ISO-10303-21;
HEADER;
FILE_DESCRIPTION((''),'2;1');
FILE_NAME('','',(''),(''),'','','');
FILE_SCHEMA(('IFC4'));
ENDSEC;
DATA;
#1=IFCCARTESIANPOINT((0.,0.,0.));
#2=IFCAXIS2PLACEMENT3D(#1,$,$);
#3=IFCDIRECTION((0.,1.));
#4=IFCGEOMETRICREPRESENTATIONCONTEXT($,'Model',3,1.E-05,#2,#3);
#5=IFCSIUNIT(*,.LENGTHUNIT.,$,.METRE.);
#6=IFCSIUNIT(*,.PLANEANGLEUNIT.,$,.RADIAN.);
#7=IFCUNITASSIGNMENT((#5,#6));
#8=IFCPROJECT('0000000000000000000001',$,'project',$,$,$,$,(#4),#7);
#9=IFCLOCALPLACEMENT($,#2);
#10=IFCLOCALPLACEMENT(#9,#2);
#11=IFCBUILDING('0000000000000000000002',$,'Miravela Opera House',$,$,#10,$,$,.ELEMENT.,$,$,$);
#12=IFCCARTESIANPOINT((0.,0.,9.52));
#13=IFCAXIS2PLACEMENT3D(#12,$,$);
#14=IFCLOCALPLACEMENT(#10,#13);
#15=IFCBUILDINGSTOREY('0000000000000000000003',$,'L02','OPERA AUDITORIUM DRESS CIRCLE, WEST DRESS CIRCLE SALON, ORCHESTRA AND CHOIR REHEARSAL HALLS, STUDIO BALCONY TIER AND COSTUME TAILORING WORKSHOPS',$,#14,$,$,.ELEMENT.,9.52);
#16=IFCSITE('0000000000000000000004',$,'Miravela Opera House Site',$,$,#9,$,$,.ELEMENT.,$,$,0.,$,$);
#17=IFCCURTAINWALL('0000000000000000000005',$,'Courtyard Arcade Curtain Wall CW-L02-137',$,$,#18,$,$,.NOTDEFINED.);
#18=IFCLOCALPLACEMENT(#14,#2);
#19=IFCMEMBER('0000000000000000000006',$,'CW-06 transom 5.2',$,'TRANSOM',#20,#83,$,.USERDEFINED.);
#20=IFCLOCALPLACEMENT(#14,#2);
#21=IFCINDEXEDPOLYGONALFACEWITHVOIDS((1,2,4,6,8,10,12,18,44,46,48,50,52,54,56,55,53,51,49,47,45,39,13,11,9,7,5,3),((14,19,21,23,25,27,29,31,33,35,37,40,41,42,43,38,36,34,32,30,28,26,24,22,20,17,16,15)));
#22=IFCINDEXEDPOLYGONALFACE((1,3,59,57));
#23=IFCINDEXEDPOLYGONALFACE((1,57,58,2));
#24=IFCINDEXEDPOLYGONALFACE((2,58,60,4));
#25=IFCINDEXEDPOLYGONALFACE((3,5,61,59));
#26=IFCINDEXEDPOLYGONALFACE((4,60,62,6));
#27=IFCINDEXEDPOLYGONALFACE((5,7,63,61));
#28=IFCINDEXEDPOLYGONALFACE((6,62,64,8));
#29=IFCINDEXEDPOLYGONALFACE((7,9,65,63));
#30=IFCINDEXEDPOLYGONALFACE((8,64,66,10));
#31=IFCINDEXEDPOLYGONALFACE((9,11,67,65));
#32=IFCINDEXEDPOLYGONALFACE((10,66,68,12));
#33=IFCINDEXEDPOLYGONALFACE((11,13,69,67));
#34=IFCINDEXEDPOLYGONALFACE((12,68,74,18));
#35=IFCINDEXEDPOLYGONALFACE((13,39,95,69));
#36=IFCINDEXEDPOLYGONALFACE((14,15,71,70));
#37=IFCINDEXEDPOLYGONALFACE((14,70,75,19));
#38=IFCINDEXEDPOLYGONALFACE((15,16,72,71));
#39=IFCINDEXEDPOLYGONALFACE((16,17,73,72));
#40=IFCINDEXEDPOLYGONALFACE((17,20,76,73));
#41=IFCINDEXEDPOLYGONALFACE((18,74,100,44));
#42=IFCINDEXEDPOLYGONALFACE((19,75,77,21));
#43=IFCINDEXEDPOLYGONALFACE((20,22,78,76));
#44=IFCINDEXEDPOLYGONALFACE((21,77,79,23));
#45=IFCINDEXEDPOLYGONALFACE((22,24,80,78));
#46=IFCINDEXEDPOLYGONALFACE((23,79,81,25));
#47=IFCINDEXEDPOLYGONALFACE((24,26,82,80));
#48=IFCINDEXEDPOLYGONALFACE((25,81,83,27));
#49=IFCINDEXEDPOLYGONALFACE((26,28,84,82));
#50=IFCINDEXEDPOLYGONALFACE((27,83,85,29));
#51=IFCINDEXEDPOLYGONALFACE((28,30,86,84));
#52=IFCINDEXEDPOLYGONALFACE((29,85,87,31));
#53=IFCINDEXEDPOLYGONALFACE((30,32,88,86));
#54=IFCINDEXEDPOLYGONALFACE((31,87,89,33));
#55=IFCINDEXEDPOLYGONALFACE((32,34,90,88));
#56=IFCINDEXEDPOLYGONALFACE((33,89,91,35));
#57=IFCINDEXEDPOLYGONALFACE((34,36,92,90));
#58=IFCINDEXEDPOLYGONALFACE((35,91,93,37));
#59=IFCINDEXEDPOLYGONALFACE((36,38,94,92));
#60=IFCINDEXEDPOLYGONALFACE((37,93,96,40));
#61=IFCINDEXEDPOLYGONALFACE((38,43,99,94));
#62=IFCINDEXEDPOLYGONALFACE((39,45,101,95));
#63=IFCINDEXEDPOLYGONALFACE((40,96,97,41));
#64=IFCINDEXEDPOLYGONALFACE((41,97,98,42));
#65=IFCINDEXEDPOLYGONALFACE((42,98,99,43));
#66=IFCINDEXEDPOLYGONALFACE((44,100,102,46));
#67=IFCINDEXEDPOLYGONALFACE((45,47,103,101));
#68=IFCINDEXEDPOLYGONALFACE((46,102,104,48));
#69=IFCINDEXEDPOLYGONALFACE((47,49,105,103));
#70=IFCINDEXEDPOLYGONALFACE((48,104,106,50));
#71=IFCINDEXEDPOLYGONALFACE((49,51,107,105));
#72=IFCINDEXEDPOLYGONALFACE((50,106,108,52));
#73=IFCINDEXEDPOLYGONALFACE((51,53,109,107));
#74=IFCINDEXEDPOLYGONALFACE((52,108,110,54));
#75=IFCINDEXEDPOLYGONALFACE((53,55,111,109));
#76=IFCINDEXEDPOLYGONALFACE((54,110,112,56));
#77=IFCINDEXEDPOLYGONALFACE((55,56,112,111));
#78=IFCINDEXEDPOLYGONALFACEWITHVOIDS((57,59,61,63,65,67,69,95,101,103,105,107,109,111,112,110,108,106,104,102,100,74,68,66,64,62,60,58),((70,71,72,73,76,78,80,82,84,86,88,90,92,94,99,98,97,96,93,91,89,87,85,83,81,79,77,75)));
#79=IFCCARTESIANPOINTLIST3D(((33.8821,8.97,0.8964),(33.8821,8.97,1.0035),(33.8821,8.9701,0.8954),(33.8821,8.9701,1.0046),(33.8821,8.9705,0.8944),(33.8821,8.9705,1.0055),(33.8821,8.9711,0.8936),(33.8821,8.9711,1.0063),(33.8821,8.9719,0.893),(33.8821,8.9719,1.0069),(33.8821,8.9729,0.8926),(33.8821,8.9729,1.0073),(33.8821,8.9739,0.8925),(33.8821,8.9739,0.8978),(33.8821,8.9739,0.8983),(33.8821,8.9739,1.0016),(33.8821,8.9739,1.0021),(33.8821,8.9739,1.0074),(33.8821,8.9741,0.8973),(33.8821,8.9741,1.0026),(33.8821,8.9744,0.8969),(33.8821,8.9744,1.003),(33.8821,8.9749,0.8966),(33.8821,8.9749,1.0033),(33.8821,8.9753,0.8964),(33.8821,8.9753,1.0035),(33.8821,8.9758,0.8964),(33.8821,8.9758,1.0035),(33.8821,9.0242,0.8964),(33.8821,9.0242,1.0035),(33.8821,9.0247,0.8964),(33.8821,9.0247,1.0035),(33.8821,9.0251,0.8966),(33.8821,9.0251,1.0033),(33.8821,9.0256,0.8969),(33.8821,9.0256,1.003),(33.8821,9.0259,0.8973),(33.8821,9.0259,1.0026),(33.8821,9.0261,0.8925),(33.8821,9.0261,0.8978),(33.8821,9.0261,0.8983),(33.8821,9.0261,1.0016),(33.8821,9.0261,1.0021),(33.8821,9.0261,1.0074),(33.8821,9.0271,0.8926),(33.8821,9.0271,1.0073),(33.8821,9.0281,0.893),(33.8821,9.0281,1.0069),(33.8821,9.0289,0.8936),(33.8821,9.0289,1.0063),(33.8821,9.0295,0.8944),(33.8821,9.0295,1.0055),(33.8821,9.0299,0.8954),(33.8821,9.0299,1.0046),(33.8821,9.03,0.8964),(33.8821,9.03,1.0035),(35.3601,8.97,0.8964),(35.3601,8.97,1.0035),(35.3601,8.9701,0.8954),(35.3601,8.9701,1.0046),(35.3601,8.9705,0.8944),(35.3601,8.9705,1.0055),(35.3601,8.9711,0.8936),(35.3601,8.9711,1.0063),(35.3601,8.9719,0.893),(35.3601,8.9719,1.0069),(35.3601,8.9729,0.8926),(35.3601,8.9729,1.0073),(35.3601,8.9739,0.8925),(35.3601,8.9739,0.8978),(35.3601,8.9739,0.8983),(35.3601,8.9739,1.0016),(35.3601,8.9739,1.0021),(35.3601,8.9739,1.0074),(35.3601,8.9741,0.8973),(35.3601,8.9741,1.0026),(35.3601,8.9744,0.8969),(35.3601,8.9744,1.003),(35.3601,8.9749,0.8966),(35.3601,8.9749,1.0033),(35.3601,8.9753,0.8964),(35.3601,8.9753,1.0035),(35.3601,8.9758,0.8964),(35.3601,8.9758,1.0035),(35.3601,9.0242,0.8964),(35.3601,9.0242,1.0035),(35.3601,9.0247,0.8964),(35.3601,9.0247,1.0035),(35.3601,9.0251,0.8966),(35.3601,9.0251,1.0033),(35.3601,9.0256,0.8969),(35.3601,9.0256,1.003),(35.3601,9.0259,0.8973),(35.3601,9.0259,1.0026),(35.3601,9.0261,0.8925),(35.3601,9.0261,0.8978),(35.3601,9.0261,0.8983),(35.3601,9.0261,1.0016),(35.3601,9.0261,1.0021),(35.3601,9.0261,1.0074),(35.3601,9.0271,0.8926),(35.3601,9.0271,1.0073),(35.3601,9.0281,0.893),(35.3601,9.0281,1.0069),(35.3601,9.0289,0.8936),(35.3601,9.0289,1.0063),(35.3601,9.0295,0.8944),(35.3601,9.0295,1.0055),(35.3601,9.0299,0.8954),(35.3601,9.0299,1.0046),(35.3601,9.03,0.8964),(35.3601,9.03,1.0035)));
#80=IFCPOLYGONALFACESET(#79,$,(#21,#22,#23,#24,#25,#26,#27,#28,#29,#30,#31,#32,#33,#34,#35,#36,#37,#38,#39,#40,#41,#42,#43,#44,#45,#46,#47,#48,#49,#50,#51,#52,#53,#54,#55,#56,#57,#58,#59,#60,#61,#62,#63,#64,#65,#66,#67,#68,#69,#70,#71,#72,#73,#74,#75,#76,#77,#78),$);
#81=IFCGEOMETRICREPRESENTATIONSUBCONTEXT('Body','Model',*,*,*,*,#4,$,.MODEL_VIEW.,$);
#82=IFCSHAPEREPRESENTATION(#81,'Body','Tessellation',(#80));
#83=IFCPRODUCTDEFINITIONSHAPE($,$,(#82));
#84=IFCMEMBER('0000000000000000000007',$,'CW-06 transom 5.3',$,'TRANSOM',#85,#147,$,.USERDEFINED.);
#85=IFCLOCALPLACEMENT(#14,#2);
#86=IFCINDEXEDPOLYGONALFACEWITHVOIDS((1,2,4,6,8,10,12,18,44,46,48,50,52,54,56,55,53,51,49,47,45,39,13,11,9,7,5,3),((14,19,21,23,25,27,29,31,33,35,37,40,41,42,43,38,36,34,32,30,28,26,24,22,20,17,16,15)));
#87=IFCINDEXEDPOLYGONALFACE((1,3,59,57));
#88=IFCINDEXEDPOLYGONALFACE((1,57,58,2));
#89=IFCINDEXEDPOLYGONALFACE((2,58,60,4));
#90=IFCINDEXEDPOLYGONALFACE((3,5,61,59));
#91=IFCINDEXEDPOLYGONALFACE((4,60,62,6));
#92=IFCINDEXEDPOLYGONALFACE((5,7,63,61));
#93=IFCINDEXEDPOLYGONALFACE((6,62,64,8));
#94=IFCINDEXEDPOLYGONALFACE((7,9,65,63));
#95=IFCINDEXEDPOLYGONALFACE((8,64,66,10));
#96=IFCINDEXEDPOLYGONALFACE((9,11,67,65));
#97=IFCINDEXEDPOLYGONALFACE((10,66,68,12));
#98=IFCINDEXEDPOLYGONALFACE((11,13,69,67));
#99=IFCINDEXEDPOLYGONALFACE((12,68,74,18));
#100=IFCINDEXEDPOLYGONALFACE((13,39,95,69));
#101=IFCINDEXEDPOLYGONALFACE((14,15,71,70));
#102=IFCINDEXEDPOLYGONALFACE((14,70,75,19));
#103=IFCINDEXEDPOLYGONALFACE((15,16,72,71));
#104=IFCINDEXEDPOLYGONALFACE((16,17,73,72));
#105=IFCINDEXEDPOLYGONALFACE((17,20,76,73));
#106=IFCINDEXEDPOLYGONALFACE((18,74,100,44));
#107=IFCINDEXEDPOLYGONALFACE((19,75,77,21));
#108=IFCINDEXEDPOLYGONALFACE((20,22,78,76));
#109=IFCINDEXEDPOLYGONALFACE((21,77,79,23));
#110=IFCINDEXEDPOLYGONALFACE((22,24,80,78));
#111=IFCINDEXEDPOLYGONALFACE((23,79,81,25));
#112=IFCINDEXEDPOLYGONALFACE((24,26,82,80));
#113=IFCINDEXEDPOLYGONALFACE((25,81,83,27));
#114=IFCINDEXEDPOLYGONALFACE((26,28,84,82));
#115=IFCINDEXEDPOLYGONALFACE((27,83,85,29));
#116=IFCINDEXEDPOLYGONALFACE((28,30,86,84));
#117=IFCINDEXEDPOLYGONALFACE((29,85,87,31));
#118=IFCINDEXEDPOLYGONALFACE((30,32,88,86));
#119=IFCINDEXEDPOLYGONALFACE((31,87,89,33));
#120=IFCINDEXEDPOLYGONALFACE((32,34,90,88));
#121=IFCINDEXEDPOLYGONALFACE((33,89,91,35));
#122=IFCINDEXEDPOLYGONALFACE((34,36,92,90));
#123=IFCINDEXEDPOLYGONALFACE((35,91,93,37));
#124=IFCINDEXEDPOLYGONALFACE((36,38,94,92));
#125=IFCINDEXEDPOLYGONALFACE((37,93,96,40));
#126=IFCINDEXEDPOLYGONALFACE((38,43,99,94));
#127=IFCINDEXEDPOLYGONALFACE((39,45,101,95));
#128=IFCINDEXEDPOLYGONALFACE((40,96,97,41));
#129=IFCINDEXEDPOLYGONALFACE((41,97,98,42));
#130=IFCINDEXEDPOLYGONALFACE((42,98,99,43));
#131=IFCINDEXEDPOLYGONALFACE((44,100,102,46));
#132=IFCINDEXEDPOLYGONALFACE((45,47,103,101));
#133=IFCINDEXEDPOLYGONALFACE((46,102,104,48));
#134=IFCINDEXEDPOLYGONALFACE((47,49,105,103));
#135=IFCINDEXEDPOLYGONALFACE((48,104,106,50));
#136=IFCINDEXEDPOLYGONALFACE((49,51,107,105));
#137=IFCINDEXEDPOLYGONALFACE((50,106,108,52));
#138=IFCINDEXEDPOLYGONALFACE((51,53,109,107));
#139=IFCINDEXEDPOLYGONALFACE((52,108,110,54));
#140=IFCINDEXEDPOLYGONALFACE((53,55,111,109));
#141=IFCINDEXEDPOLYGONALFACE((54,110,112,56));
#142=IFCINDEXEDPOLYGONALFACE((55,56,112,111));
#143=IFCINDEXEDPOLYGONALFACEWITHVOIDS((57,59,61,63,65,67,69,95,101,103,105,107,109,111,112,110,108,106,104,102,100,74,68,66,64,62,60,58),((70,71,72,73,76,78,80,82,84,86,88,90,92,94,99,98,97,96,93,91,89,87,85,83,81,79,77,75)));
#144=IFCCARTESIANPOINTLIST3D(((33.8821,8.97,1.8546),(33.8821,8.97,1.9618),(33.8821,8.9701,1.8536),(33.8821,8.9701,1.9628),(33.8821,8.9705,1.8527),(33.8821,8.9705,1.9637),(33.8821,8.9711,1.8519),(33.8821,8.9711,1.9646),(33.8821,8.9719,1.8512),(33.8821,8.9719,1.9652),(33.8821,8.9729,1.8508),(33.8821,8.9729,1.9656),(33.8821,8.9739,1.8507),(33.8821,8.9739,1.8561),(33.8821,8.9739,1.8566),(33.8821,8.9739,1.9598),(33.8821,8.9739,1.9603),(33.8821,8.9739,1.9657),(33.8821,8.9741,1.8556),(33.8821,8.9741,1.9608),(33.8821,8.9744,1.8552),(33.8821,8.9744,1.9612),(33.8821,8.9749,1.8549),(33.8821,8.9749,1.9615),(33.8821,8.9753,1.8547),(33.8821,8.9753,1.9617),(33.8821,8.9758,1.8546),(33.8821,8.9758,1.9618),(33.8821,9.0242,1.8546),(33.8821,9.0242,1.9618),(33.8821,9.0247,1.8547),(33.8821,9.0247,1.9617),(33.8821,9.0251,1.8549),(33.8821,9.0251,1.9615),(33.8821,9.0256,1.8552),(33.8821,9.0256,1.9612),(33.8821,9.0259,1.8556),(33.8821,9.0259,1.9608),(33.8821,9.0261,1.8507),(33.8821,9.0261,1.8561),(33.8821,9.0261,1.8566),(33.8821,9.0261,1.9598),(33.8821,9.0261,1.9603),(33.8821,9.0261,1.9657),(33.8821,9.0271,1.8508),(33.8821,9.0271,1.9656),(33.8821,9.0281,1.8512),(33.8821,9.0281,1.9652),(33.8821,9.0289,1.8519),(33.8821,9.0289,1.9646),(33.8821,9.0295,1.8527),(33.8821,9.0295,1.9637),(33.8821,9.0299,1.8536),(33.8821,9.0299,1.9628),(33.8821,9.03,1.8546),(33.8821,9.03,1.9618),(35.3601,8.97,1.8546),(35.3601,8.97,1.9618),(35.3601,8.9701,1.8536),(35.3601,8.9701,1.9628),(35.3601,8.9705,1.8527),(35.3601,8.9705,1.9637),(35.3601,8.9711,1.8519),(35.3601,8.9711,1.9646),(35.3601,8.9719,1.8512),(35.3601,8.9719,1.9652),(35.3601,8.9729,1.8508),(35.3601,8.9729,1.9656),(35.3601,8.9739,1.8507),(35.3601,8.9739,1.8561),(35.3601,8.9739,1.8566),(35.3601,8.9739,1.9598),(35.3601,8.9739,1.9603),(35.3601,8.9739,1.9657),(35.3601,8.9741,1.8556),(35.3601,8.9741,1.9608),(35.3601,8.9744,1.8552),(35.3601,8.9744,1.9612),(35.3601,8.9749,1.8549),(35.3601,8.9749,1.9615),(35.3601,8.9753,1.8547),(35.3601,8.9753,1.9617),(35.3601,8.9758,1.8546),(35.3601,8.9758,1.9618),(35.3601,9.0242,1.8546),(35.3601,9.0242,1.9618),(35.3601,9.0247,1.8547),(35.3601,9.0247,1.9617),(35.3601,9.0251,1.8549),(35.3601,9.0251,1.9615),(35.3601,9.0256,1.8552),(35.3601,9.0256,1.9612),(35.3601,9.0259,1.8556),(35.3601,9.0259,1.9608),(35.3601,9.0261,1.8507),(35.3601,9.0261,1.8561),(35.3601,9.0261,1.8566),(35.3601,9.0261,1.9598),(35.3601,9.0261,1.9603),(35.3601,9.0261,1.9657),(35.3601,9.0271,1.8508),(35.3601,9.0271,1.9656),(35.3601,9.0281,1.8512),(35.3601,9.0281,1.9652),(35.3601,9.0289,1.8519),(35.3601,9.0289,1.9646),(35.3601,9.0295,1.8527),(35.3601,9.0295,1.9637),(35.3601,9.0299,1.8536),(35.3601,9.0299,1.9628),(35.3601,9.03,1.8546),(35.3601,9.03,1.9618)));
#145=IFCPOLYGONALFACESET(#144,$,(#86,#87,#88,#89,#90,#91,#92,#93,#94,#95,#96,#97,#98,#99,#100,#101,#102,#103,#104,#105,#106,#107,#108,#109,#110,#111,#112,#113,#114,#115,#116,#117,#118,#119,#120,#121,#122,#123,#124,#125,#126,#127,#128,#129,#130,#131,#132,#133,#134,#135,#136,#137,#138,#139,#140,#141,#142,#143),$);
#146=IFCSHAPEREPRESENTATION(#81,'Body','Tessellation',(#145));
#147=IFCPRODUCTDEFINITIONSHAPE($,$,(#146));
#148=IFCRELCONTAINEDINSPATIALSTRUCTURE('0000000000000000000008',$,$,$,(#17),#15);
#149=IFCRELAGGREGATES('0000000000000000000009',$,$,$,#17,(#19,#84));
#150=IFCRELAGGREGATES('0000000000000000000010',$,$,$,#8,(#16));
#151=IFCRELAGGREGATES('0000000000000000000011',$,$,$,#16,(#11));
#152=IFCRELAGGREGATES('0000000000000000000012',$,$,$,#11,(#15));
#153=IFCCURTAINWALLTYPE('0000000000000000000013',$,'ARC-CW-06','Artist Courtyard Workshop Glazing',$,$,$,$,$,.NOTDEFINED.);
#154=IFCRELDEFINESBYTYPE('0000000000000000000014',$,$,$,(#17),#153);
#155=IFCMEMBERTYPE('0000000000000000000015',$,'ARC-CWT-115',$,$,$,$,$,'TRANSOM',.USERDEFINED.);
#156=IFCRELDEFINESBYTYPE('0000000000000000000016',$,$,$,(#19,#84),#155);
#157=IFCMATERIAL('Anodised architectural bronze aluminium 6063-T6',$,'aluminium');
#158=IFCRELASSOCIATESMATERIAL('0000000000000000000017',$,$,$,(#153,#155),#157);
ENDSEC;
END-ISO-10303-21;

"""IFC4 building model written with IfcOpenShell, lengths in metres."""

from ifc_helpers import new_model, si_unit, direction, frame, origin, origin_2d, place, context, subcontext, project, spatial, hollow_rectangle, extrude, material, material_profile, profile_set, type_object, element, aggregate, save


model = new_model("IFC4")

# Units and contexts
model_context = context("Model", 3, precision=1e-05, world=origin(), true_north=direction((0.0, 1.0)))
body_context = subcontext(model_context, "Body", "Model", "MODEL_VIEW")
ifc_project = project(units=[si_unit("LENGTHUNIT", "METRE"), si_unit("PLANEANGLEUNIT", "RADIAN")], contexts=[model_context])

# Site, building, storey
site_placement = place(None, origin())
site = spatial("IfcSite", under=ifc_project, at=site_placement, Name="Miravela Opera House Site", CompositionType="ELEMENT", RefElevation=0.0)
building_placement = place(site_placement, origin())
building = spatial("IfcBuilding", under=site, at=building_placement, Name="Miravela Opera House", CompositionType="ELEMENT")
storey_placement = place(building_placement, frame((0.0, 0.0, 9.52)))
storey = spatial("IfcBuildingStorey", under=building, at=storey_placement, Name="L02", Description="OPERA AUDITORIUM DRESS CIRCLE, WEST DRESS CIRCLE SALON, ORCHESTRA AND CHOIR REHEARSAL HALLS, STUDIO BALCONY TIER AND COSTUME TAILORING WORKSHOPS", CompositionType="ELEMENT", Elevation=9.52)

# Curtain wall, members
ifc_material_1 = material(Name="Anodised architectural bronze aluminium 6063-T6", Category="aluminium")
curtain_wall_type = type_object("IfcCurtainWallType", Name="ARC-CW-06", Description="Artist Courtyard Workshop Glazing", PredefinedType="NOTDEFINED", material=ifc_material_1)
curtain_wall_placement = place(storey_placement, origin())
curtain_wall = element("IfcCurtainWall", 1, at=curtain_wall_placement, inside=storey, type_object=curtain_wall_type, Name="Courtyard Arcade Curtain Wall CW-L02-137", PredefinedType="NOTDEFINED")
ifc_material_profile_1 = material_profile(ifc_material_1, hollow_rectangle(XDim=0.0601, YDim=0.115, WallThickness=0.0039, InnerFilletRadius=0.002, OuterFilletRadius=0.0039, at=origin_2d()), Name="CWT-60X115")
ifc_profile_set_1 = profile_set([ifc_material_profile_1])
member_type_1 = type_object("IfcMemberType", Name="ARC-CWT-115", ElementType="TRANSOM", PredefinedType="USERDEFINED", material=ifc_profile_set_1)
member_1_placement = place(storey_placement, frame((33.8821, 9.0, 0.95), z_axis=(1.0, 0.0, 0.0), x_axis=(0.0, 1.0, 0.0)))
member_1 = element("IfcMember", 2, at=member_1_placement, type_object=member_type_1, Name="CW-06 transom 5.2", ObjectType="TRANSOM", PredefinedType="USERDEFINED", context=body_context, shape_type="SweptSolid", body=[
    extrude(hollow_rectangle(XDim=0.0601, YDim=0.115, WallThickness=0.0039, InnerFilletRadius=0.002, OuterFilletRadius=0.0039, at=origin_2d()), origin(), (0.0, 0.0, 1.0), 1.478),
])
member_2_placement = place(storey_placement, frame((33.8821, 9.0, 1.9082), z_axis=(1.0, 0.0, 0.0), x_axis=(0.0, 1.0, 0.0)))
member_2 = element("IfcMember", 3, at=member_2_placement, type_object=member_type_1, Name="CW-06 transom 5.3", ObjectType="TRANSOM", PredefinedType="USERDEFINED", context=body_context, shape_type="SweptSolid", body=[
    extrude(hollow_rectangle(XDim=0.0601, YDim=0.115, WallThickness=0.0039, InnerFilletRadius=0.002, OuterFilletRadius=0.0039, at=origin_2d()), origin(), (0.0, 0.0, 1.0), 1.478),
])
aggregate(curtain_wall, [member_1, member_2])

save(model, "model.ifc")
